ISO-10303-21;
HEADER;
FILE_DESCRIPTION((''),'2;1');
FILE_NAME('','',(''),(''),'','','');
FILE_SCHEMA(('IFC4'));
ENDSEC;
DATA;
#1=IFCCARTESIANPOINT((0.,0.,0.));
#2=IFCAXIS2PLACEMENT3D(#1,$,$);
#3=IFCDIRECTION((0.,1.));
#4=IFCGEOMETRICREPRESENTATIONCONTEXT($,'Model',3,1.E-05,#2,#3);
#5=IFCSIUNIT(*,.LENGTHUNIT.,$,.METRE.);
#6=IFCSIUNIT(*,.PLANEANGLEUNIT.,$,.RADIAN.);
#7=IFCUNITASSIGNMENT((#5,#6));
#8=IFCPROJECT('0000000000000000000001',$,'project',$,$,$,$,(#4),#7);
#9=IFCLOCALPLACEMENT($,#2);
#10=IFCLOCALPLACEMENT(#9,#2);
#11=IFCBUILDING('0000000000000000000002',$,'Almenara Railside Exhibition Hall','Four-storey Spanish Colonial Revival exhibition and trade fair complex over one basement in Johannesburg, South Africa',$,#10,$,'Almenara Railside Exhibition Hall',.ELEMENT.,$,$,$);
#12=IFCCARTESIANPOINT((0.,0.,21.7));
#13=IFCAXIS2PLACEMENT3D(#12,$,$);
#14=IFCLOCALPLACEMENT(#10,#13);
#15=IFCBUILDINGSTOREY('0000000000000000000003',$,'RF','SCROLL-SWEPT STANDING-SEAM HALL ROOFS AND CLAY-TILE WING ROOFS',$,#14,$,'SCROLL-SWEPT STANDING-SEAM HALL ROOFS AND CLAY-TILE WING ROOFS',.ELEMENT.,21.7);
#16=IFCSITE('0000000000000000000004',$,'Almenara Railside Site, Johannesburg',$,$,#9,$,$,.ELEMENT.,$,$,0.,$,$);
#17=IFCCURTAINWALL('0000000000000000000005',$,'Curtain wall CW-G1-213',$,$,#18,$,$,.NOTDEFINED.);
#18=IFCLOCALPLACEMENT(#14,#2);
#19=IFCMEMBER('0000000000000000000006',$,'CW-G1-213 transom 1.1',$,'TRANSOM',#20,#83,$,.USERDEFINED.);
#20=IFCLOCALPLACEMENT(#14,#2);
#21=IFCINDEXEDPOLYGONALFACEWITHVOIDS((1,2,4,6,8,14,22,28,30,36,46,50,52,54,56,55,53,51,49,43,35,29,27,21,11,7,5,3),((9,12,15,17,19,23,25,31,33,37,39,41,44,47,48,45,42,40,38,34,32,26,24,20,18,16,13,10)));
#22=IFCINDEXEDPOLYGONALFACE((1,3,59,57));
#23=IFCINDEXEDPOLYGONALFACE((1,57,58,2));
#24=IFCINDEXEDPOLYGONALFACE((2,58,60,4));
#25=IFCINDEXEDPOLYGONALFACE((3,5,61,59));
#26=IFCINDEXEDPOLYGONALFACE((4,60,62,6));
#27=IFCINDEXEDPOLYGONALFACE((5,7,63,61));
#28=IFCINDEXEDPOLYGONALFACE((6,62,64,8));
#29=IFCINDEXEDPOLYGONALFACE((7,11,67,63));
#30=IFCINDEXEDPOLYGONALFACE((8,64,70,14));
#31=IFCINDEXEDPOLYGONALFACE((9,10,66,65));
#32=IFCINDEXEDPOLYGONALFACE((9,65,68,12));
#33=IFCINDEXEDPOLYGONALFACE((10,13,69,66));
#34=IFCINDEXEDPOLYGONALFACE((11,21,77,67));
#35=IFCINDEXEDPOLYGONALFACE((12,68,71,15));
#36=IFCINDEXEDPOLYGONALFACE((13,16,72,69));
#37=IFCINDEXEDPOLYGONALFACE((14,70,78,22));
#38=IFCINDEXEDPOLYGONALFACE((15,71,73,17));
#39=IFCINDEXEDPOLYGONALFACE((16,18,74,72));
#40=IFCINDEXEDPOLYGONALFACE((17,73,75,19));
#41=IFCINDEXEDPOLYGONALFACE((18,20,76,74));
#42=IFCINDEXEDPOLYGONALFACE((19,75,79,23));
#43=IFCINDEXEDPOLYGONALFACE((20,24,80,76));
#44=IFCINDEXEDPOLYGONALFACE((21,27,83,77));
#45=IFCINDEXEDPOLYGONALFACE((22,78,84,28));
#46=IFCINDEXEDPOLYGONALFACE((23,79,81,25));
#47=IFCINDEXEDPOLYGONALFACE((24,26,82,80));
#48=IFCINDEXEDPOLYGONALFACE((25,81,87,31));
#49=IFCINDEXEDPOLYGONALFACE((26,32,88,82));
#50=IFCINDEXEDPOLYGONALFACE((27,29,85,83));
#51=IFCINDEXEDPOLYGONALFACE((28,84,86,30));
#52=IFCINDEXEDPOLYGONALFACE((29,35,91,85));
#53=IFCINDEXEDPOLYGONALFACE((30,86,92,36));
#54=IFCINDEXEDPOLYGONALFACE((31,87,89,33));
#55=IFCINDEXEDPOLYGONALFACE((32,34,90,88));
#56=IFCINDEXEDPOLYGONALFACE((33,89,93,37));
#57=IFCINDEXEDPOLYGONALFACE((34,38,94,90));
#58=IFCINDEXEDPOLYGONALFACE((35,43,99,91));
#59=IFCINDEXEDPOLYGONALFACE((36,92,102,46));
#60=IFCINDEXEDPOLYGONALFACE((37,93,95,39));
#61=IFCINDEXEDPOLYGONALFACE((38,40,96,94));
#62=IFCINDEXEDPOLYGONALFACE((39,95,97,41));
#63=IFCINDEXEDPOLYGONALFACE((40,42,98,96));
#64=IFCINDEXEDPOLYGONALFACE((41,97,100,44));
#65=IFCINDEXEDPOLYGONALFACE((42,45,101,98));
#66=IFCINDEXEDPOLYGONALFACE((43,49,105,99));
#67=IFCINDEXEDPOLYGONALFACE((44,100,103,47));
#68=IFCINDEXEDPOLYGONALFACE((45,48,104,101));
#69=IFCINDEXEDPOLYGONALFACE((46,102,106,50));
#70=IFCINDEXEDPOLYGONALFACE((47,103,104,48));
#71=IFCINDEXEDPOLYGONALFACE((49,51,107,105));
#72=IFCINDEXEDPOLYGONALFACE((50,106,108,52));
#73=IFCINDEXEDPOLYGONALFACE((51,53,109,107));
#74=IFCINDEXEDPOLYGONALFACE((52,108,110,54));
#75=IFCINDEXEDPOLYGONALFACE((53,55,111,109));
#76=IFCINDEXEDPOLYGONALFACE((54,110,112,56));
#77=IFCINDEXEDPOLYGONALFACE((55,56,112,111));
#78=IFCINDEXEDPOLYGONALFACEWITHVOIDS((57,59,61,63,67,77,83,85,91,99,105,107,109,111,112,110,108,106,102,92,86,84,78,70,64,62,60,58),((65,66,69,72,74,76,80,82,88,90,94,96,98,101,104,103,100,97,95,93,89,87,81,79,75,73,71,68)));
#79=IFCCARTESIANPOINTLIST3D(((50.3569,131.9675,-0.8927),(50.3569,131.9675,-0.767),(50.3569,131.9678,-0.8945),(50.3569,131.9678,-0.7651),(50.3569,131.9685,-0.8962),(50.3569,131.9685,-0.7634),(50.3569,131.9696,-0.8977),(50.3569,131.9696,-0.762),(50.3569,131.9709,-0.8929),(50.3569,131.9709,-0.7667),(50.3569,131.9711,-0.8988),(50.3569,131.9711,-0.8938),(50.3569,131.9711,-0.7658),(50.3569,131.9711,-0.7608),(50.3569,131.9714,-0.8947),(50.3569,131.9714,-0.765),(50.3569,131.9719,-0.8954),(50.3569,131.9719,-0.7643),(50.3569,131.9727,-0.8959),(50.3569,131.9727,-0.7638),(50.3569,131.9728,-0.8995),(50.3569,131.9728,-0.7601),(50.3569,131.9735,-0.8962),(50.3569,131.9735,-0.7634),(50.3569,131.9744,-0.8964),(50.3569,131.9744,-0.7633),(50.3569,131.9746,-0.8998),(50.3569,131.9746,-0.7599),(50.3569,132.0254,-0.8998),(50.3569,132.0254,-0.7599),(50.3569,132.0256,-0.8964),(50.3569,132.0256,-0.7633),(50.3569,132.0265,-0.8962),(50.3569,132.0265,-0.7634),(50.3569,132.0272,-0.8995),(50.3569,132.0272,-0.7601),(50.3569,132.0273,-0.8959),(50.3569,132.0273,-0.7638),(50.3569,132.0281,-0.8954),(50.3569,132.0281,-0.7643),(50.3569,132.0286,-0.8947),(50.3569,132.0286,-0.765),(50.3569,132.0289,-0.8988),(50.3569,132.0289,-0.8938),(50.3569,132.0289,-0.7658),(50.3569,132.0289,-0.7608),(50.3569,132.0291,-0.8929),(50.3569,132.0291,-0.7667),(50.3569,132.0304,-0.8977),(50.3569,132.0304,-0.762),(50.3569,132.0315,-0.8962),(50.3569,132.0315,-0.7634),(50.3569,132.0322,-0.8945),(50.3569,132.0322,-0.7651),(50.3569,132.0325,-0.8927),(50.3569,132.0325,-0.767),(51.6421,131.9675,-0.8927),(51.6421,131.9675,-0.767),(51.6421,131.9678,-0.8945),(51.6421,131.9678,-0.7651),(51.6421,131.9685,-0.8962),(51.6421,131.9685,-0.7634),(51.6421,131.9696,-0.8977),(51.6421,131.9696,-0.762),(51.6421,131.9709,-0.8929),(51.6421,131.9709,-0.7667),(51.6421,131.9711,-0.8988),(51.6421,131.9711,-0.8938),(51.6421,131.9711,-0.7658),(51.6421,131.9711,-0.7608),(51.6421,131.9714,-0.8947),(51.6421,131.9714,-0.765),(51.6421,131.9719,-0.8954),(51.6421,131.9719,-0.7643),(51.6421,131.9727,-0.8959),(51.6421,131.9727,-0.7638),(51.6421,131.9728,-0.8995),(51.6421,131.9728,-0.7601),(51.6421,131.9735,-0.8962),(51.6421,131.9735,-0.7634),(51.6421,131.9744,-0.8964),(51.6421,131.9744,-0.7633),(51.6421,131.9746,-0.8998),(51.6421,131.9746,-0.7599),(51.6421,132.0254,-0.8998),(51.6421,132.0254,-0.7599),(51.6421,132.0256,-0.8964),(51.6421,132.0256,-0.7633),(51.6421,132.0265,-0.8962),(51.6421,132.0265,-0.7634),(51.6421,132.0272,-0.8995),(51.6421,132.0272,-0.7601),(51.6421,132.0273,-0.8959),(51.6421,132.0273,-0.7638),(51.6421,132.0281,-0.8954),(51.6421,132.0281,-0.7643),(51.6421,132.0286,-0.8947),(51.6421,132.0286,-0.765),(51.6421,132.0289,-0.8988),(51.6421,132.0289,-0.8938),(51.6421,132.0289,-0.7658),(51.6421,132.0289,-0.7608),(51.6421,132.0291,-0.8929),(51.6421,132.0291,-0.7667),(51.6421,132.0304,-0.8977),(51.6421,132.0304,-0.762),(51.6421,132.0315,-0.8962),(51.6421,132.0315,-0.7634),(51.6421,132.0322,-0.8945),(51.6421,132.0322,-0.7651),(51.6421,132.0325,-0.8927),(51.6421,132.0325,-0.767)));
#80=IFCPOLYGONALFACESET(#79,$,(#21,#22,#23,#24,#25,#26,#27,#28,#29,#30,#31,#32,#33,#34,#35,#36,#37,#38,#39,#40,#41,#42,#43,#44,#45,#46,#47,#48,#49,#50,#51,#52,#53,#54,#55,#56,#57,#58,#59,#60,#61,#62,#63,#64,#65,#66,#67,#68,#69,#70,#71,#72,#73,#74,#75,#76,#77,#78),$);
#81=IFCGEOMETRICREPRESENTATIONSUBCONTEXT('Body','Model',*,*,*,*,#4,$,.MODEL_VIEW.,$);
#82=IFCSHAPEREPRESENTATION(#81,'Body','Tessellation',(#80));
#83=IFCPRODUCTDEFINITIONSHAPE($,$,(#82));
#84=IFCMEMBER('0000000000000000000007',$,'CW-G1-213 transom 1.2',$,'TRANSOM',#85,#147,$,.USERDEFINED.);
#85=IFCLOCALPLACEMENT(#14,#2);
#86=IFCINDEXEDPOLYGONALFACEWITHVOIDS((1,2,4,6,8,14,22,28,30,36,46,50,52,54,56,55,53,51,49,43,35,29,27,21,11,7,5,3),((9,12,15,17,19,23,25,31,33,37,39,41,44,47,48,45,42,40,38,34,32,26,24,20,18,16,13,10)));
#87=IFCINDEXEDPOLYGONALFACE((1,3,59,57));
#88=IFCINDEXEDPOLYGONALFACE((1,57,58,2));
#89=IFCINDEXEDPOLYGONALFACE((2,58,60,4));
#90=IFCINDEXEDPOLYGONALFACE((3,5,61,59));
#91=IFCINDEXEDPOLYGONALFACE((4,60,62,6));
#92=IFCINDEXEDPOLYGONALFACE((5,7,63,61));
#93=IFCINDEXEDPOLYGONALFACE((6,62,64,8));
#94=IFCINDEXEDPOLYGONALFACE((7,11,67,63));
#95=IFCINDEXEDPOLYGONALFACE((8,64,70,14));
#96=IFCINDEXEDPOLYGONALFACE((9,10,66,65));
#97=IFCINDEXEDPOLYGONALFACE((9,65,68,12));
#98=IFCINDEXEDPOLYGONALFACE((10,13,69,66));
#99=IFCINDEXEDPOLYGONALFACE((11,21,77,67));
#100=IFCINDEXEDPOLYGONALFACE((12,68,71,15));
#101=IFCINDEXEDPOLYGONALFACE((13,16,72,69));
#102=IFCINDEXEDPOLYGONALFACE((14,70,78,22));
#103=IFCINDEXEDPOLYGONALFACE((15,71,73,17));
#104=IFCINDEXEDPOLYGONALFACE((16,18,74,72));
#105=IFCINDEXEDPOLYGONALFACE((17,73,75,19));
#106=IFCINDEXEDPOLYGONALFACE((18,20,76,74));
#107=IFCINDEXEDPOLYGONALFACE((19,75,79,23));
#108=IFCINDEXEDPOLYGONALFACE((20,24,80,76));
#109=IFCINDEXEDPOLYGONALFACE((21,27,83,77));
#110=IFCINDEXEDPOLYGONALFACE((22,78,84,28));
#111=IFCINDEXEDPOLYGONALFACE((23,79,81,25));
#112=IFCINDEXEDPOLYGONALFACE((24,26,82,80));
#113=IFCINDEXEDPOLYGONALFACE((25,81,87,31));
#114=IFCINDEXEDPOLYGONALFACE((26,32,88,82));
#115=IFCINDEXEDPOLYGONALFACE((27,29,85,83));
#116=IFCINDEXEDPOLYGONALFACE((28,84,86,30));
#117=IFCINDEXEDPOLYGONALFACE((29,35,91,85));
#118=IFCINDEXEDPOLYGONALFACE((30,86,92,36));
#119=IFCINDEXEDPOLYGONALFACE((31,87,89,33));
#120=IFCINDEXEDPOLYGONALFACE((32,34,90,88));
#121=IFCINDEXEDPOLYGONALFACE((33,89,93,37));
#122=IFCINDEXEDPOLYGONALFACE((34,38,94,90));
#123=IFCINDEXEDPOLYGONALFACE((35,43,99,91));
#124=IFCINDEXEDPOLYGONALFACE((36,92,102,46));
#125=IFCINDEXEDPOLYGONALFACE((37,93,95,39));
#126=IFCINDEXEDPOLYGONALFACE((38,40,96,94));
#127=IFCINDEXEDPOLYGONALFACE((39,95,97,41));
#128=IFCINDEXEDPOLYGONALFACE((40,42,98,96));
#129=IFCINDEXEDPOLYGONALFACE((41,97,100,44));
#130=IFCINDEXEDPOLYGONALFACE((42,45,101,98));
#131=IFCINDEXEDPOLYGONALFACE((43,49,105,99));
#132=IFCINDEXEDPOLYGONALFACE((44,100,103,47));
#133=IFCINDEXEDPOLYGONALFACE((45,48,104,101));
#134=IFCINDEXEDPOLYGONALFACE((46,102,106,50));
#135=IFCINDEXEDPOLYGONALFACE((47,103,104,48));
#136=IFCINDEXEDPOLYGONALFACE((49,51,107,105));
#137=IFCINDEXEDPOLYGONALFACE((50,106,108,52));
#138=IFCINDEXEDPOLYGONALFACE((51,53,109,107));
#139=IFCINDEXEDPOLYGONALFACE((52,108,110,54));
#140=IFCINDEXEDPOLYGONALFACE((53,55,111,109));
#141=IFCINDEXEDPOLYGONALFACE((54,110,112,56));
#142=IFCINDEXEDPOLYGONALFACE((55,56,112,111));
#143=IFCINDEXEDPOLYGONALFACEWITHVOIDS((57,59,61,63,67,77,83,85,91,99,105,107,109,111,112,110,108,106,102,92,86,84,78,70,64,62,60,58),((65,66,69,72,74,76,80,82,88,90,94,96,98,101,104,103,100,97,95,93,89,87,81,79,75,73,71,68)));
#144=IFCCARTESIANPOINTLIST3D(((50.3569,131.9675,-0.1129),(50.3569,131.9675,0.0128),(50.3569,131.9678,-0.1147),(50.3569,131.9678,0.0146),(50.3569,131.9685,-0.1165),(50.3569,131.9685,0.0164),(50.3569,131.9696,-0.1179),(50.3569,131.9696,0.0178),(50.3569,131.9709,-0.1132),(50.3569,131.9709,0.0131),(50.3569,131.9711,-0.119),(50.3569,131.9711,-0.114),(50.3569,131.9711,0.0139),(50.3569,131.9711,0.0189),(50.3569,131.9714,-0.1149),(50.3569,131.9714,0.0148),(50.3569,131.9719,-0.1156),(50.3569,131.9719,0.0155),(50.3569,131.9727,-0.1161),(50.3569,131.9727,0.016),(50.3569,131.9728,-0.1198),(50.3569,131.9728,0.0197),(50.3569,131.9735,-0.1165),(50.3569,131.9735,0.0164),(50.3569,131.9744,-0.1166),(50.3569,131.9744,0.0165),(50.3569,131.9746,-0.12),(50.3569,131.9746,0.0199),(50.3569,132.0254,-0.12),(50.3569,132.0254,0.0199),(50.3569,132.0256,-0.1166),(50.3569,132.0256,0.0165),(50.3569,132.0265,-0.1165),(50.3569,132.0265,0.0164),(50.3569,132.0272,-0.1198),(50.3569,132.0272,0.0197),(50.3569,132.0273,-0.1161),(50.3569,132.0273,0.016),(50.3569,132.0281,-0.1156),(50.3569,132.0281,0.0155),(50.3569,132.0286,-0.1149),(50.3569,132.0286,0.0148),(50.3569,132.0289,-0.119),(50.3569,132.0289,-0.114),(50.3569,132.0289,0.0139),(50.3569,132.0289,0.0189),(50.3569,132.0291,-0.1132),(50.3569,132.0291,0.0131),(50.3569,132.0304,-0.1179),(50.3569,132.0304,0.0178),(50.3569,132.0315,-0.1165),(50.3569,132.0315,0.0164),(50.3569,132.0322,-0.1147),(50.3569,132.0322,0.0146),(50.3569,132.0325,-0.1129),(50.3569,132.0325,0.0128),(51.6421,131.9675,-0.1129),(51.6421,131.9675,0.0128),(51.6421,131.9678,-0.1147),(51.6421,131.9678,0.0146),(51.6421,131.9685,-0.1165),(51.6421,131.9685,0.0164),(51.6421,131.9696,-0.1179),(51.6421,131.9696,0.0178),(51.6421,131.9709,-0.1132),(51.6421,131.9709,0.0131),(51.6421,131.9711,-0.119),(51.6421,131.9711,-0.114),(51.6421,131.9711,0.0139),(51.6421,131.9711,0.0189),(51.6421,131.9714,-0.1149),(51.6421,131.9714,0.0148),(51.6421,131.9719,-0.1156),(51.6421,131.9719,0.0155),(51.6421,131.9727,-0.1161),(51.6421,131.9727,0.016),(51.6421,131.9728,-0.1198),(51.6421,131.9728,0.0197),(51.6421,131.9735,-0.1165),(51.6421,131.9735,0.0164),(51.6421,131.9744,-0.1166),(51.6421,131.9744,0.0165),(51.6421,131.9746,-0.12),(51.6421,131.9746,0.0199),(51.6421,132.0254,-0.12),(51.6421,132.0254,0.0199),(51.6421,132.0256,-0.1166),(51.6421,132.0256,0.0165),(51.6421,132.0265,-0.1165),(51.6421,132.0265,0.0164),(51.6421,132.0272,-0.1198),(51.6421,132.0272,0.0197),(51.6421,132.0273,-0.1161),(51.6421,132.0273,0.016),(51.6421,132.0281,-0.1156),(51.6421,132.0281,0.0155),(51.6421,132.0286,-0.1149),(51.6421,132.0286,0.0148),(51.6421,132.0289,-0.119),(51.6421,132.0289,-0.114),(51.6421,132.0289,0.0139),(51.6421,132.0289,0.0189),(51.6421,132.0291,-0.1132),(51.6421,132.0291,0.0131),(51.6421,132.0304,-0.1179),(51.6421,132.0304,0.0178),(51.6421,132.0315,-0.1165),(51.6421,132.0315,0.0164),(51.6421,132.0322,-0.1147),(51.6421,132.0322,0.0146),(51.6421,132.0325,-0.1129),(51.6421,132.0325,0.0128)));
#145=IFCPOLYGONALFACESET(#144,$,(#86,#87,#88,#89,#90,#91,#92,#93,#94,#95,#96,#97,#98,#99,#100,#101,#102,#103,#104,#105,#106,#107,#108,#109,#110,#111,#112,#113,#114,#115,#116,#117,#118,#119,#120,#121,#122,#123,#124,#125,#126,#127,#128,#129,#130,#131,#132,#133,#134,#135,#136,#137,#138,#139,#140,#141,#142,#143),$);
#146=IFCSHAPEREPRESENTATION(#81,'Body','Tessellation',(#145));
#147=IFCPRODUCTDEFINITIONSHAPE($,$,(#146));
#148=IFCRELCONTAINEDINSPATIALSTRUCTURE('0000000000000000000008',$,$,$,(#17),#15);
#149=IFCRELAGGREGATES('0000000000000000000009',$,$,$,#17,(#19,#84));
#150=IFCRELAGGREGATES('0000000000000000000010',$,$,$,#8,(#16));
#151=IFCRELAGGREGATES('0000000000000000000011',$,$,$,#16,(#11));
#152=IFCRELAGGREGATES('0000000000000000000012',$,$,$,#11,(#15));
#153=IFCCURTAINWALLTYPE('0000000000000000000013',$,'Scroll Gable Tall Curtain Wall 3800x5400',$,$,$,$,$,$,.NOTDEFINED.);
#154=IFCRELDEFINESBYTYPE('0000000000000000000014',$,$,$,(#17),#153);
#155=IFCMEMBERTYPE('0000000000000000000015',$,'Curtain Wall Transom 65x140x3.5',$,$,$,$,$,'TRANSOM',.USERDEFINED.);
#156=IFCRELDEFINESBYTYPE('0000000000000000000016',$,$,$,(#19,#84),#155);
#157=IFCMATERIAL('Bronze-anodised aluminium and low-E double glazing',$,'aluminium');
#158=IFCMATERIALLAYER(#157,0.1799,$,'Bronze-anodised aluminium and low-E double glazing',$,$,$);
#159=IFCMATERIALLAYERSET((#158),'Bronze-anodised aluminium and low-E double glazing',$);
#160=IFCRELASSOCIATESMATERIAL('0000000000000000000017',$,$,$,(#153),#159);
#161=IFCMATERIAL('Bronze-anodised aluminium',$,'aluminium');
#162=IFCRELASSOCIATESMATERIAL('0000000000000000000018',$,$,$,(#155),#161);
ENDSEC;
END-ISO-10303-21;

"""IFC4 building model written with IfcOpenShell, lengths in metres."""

from ifc_helpers import new_model, si_unit, direction, frame, origin, origin_2d, place, context, subcontext, project, spatial, hollow_rectangle, extrude, material, layer, layer_set, material_profile, profile_set, type_object, element, aggregate, save


model = new_model("IFC4")

# Units and contexts
model_context = context("Model", 3, precision=1e-05, world=origin(), true_north=direction((0.0, 1.0)))
body_context = subcontext(model_context, "Body", "Model", "MODEL_VIEW")
ifc_project = project(units=[si_unit("LENGTHUNIT", "METRE"), si_unit("PLANEANGLEUNIT", "RADIAN")], contexts=[model_context])

# Site, building, storey
site_placement = place(None, origin())
site = spatial("IfcSite", under=ifc_project, at=site_placement, Name="Almenara Railside Site, Johannesburg", CompositionType="ELEMENT", RefElevation=0.0)
building_placement = place(site_placement, origin())
building = spatial("IfcBuilding", under=site, at=building_placement, Name="Almenara Railside Exhibition Hall", Description="Four-storey Spanish Colonial Revival exhibition and trade fair complex over one basement in Johannesburg, South Africa", LongName="Almenara Railside Exhibition Hall", CompositionType="ELEMENT")
storey_placement = place(building_placement, frame((0.0, 0.0, 21.7)))
storey = spatial("IfcBuildingStorey", under=building, at=storey_placement, Name="RF", Description="SCROLL-SWEPT STANDING-SEAM HALL ROOFS AND CLAY-TILE WING ROOFS", LongName="SCROLL-SWEPT STANDING-SEAM HALL ROOFS AND CLAY-TILE WING ROOFS", CompositionType="ELEMENT", Elevation=21.7)

# Shared definitions
ifc_material_1 = material(Name="Bronze-anodised aluminium and low-E double glazing", Category="aluminium")
ifc_layer_1 = layer(ifc_material_1, 0.1799, Name="Bronze-anodised aluminium and low-E double glazing")
ifc_layer_set_1 = layer_set([ifc_layer_1], Name="Bronze-anodised aluminium and low-E double glazing")
curtain_wall_type = type_object("IfcCurtainWallType", Name="Scroll Gable Tall Curtain Wall 3800x5400", PredefinedType="NOTDEFINED", material=ifc_layer_set_1)
ifc_material_2 = material(Name="Bronze-anodised aluminium", Category="aluminium")

# Curtain wall
curtain_wall_1_placement = place(storey_placement, origin())
curtain_wall_1 = element("IfcCurtainWall", 1, at=curtain_wall_1_placement, inside=storey, type_object=curtain_wall_type, Name="Curtain wall CW-G1-213", PredefinedType="NOTDEFINED")

# Members
ifc_material_profile_1 = material_profile(ifc_material_2, hollow_rectangle(XDim=0.0649, YDim=0.1399, WallThickness=0.0034, InnerFilletRadius=0.0034, OuterFilletRadius=0.0071, at=origin_2d()), Name="ALU-TRN 65x140x3.5")
ifc_profile_set_1 = profile_set([ifc_material_profile_1], Name="Bronze-anodised aluminium")
member_type_1 = type_object("IfcMemberType", Name="Curtain Wall Transom 65x140x3.5", ElementType="TRANSOM", PredefinedType="USERDEFINED", material=ifc_profile_set_1)
member_1_placement = place(storey_placement, frame((50.3569, 132.0, -0.8298), z_axis=(1.0, 0.0, 0.0), x_axis=(0.0, 1.0, 0.0)))
member_1 = element("IfcMember", 2, at=member_1_placement, type_object=member_type_1, Name="CW-G1-213 transom 1.1", ObjectType="TRANSOM", PredefinedType="USERDEFINED", context=body_context, shape_type="SweptSolid", body=[
    extrude(hollow_rectangle(XDim=0.0649, YDim=0.1399, WallThickness=0.0034, InnerFilletRadius=0.0034, OuterFilletRadius=0.0071, at=origin_2d()), origin(), (0.0, 0.0, 1.0), 1.2852),
])
member_2_placement = place(storey_placement, frame((50.3569, 132.0, -0.05), z_axis=(1.0, 0.0, 0.0), x_axis=(0.0, 1.0, 0.0)))
member_2 = element("IfcMember", 3, at=member_2_placement, type_object=member_type_1, Name="CW-G1-213 transom 1.2", ObjectType="TRANSOM", PredefinedType="USERDEFINED", context=body_context, shape_type="SweptSolid", body=[
    extrude(hollow_rectangle(XDim=0.0649, YDim=0.1399, WallThickness=0.0034, InnerFilletRadius=0.0034, OuterFilletRadius=0.0071, at=origin_2d()), origin(), (0.0, 0.0, 1.0), 1.2852),
])

aggregate(curtain_wall_1, [member_1, member_2])

save(model, "model.ifc")
